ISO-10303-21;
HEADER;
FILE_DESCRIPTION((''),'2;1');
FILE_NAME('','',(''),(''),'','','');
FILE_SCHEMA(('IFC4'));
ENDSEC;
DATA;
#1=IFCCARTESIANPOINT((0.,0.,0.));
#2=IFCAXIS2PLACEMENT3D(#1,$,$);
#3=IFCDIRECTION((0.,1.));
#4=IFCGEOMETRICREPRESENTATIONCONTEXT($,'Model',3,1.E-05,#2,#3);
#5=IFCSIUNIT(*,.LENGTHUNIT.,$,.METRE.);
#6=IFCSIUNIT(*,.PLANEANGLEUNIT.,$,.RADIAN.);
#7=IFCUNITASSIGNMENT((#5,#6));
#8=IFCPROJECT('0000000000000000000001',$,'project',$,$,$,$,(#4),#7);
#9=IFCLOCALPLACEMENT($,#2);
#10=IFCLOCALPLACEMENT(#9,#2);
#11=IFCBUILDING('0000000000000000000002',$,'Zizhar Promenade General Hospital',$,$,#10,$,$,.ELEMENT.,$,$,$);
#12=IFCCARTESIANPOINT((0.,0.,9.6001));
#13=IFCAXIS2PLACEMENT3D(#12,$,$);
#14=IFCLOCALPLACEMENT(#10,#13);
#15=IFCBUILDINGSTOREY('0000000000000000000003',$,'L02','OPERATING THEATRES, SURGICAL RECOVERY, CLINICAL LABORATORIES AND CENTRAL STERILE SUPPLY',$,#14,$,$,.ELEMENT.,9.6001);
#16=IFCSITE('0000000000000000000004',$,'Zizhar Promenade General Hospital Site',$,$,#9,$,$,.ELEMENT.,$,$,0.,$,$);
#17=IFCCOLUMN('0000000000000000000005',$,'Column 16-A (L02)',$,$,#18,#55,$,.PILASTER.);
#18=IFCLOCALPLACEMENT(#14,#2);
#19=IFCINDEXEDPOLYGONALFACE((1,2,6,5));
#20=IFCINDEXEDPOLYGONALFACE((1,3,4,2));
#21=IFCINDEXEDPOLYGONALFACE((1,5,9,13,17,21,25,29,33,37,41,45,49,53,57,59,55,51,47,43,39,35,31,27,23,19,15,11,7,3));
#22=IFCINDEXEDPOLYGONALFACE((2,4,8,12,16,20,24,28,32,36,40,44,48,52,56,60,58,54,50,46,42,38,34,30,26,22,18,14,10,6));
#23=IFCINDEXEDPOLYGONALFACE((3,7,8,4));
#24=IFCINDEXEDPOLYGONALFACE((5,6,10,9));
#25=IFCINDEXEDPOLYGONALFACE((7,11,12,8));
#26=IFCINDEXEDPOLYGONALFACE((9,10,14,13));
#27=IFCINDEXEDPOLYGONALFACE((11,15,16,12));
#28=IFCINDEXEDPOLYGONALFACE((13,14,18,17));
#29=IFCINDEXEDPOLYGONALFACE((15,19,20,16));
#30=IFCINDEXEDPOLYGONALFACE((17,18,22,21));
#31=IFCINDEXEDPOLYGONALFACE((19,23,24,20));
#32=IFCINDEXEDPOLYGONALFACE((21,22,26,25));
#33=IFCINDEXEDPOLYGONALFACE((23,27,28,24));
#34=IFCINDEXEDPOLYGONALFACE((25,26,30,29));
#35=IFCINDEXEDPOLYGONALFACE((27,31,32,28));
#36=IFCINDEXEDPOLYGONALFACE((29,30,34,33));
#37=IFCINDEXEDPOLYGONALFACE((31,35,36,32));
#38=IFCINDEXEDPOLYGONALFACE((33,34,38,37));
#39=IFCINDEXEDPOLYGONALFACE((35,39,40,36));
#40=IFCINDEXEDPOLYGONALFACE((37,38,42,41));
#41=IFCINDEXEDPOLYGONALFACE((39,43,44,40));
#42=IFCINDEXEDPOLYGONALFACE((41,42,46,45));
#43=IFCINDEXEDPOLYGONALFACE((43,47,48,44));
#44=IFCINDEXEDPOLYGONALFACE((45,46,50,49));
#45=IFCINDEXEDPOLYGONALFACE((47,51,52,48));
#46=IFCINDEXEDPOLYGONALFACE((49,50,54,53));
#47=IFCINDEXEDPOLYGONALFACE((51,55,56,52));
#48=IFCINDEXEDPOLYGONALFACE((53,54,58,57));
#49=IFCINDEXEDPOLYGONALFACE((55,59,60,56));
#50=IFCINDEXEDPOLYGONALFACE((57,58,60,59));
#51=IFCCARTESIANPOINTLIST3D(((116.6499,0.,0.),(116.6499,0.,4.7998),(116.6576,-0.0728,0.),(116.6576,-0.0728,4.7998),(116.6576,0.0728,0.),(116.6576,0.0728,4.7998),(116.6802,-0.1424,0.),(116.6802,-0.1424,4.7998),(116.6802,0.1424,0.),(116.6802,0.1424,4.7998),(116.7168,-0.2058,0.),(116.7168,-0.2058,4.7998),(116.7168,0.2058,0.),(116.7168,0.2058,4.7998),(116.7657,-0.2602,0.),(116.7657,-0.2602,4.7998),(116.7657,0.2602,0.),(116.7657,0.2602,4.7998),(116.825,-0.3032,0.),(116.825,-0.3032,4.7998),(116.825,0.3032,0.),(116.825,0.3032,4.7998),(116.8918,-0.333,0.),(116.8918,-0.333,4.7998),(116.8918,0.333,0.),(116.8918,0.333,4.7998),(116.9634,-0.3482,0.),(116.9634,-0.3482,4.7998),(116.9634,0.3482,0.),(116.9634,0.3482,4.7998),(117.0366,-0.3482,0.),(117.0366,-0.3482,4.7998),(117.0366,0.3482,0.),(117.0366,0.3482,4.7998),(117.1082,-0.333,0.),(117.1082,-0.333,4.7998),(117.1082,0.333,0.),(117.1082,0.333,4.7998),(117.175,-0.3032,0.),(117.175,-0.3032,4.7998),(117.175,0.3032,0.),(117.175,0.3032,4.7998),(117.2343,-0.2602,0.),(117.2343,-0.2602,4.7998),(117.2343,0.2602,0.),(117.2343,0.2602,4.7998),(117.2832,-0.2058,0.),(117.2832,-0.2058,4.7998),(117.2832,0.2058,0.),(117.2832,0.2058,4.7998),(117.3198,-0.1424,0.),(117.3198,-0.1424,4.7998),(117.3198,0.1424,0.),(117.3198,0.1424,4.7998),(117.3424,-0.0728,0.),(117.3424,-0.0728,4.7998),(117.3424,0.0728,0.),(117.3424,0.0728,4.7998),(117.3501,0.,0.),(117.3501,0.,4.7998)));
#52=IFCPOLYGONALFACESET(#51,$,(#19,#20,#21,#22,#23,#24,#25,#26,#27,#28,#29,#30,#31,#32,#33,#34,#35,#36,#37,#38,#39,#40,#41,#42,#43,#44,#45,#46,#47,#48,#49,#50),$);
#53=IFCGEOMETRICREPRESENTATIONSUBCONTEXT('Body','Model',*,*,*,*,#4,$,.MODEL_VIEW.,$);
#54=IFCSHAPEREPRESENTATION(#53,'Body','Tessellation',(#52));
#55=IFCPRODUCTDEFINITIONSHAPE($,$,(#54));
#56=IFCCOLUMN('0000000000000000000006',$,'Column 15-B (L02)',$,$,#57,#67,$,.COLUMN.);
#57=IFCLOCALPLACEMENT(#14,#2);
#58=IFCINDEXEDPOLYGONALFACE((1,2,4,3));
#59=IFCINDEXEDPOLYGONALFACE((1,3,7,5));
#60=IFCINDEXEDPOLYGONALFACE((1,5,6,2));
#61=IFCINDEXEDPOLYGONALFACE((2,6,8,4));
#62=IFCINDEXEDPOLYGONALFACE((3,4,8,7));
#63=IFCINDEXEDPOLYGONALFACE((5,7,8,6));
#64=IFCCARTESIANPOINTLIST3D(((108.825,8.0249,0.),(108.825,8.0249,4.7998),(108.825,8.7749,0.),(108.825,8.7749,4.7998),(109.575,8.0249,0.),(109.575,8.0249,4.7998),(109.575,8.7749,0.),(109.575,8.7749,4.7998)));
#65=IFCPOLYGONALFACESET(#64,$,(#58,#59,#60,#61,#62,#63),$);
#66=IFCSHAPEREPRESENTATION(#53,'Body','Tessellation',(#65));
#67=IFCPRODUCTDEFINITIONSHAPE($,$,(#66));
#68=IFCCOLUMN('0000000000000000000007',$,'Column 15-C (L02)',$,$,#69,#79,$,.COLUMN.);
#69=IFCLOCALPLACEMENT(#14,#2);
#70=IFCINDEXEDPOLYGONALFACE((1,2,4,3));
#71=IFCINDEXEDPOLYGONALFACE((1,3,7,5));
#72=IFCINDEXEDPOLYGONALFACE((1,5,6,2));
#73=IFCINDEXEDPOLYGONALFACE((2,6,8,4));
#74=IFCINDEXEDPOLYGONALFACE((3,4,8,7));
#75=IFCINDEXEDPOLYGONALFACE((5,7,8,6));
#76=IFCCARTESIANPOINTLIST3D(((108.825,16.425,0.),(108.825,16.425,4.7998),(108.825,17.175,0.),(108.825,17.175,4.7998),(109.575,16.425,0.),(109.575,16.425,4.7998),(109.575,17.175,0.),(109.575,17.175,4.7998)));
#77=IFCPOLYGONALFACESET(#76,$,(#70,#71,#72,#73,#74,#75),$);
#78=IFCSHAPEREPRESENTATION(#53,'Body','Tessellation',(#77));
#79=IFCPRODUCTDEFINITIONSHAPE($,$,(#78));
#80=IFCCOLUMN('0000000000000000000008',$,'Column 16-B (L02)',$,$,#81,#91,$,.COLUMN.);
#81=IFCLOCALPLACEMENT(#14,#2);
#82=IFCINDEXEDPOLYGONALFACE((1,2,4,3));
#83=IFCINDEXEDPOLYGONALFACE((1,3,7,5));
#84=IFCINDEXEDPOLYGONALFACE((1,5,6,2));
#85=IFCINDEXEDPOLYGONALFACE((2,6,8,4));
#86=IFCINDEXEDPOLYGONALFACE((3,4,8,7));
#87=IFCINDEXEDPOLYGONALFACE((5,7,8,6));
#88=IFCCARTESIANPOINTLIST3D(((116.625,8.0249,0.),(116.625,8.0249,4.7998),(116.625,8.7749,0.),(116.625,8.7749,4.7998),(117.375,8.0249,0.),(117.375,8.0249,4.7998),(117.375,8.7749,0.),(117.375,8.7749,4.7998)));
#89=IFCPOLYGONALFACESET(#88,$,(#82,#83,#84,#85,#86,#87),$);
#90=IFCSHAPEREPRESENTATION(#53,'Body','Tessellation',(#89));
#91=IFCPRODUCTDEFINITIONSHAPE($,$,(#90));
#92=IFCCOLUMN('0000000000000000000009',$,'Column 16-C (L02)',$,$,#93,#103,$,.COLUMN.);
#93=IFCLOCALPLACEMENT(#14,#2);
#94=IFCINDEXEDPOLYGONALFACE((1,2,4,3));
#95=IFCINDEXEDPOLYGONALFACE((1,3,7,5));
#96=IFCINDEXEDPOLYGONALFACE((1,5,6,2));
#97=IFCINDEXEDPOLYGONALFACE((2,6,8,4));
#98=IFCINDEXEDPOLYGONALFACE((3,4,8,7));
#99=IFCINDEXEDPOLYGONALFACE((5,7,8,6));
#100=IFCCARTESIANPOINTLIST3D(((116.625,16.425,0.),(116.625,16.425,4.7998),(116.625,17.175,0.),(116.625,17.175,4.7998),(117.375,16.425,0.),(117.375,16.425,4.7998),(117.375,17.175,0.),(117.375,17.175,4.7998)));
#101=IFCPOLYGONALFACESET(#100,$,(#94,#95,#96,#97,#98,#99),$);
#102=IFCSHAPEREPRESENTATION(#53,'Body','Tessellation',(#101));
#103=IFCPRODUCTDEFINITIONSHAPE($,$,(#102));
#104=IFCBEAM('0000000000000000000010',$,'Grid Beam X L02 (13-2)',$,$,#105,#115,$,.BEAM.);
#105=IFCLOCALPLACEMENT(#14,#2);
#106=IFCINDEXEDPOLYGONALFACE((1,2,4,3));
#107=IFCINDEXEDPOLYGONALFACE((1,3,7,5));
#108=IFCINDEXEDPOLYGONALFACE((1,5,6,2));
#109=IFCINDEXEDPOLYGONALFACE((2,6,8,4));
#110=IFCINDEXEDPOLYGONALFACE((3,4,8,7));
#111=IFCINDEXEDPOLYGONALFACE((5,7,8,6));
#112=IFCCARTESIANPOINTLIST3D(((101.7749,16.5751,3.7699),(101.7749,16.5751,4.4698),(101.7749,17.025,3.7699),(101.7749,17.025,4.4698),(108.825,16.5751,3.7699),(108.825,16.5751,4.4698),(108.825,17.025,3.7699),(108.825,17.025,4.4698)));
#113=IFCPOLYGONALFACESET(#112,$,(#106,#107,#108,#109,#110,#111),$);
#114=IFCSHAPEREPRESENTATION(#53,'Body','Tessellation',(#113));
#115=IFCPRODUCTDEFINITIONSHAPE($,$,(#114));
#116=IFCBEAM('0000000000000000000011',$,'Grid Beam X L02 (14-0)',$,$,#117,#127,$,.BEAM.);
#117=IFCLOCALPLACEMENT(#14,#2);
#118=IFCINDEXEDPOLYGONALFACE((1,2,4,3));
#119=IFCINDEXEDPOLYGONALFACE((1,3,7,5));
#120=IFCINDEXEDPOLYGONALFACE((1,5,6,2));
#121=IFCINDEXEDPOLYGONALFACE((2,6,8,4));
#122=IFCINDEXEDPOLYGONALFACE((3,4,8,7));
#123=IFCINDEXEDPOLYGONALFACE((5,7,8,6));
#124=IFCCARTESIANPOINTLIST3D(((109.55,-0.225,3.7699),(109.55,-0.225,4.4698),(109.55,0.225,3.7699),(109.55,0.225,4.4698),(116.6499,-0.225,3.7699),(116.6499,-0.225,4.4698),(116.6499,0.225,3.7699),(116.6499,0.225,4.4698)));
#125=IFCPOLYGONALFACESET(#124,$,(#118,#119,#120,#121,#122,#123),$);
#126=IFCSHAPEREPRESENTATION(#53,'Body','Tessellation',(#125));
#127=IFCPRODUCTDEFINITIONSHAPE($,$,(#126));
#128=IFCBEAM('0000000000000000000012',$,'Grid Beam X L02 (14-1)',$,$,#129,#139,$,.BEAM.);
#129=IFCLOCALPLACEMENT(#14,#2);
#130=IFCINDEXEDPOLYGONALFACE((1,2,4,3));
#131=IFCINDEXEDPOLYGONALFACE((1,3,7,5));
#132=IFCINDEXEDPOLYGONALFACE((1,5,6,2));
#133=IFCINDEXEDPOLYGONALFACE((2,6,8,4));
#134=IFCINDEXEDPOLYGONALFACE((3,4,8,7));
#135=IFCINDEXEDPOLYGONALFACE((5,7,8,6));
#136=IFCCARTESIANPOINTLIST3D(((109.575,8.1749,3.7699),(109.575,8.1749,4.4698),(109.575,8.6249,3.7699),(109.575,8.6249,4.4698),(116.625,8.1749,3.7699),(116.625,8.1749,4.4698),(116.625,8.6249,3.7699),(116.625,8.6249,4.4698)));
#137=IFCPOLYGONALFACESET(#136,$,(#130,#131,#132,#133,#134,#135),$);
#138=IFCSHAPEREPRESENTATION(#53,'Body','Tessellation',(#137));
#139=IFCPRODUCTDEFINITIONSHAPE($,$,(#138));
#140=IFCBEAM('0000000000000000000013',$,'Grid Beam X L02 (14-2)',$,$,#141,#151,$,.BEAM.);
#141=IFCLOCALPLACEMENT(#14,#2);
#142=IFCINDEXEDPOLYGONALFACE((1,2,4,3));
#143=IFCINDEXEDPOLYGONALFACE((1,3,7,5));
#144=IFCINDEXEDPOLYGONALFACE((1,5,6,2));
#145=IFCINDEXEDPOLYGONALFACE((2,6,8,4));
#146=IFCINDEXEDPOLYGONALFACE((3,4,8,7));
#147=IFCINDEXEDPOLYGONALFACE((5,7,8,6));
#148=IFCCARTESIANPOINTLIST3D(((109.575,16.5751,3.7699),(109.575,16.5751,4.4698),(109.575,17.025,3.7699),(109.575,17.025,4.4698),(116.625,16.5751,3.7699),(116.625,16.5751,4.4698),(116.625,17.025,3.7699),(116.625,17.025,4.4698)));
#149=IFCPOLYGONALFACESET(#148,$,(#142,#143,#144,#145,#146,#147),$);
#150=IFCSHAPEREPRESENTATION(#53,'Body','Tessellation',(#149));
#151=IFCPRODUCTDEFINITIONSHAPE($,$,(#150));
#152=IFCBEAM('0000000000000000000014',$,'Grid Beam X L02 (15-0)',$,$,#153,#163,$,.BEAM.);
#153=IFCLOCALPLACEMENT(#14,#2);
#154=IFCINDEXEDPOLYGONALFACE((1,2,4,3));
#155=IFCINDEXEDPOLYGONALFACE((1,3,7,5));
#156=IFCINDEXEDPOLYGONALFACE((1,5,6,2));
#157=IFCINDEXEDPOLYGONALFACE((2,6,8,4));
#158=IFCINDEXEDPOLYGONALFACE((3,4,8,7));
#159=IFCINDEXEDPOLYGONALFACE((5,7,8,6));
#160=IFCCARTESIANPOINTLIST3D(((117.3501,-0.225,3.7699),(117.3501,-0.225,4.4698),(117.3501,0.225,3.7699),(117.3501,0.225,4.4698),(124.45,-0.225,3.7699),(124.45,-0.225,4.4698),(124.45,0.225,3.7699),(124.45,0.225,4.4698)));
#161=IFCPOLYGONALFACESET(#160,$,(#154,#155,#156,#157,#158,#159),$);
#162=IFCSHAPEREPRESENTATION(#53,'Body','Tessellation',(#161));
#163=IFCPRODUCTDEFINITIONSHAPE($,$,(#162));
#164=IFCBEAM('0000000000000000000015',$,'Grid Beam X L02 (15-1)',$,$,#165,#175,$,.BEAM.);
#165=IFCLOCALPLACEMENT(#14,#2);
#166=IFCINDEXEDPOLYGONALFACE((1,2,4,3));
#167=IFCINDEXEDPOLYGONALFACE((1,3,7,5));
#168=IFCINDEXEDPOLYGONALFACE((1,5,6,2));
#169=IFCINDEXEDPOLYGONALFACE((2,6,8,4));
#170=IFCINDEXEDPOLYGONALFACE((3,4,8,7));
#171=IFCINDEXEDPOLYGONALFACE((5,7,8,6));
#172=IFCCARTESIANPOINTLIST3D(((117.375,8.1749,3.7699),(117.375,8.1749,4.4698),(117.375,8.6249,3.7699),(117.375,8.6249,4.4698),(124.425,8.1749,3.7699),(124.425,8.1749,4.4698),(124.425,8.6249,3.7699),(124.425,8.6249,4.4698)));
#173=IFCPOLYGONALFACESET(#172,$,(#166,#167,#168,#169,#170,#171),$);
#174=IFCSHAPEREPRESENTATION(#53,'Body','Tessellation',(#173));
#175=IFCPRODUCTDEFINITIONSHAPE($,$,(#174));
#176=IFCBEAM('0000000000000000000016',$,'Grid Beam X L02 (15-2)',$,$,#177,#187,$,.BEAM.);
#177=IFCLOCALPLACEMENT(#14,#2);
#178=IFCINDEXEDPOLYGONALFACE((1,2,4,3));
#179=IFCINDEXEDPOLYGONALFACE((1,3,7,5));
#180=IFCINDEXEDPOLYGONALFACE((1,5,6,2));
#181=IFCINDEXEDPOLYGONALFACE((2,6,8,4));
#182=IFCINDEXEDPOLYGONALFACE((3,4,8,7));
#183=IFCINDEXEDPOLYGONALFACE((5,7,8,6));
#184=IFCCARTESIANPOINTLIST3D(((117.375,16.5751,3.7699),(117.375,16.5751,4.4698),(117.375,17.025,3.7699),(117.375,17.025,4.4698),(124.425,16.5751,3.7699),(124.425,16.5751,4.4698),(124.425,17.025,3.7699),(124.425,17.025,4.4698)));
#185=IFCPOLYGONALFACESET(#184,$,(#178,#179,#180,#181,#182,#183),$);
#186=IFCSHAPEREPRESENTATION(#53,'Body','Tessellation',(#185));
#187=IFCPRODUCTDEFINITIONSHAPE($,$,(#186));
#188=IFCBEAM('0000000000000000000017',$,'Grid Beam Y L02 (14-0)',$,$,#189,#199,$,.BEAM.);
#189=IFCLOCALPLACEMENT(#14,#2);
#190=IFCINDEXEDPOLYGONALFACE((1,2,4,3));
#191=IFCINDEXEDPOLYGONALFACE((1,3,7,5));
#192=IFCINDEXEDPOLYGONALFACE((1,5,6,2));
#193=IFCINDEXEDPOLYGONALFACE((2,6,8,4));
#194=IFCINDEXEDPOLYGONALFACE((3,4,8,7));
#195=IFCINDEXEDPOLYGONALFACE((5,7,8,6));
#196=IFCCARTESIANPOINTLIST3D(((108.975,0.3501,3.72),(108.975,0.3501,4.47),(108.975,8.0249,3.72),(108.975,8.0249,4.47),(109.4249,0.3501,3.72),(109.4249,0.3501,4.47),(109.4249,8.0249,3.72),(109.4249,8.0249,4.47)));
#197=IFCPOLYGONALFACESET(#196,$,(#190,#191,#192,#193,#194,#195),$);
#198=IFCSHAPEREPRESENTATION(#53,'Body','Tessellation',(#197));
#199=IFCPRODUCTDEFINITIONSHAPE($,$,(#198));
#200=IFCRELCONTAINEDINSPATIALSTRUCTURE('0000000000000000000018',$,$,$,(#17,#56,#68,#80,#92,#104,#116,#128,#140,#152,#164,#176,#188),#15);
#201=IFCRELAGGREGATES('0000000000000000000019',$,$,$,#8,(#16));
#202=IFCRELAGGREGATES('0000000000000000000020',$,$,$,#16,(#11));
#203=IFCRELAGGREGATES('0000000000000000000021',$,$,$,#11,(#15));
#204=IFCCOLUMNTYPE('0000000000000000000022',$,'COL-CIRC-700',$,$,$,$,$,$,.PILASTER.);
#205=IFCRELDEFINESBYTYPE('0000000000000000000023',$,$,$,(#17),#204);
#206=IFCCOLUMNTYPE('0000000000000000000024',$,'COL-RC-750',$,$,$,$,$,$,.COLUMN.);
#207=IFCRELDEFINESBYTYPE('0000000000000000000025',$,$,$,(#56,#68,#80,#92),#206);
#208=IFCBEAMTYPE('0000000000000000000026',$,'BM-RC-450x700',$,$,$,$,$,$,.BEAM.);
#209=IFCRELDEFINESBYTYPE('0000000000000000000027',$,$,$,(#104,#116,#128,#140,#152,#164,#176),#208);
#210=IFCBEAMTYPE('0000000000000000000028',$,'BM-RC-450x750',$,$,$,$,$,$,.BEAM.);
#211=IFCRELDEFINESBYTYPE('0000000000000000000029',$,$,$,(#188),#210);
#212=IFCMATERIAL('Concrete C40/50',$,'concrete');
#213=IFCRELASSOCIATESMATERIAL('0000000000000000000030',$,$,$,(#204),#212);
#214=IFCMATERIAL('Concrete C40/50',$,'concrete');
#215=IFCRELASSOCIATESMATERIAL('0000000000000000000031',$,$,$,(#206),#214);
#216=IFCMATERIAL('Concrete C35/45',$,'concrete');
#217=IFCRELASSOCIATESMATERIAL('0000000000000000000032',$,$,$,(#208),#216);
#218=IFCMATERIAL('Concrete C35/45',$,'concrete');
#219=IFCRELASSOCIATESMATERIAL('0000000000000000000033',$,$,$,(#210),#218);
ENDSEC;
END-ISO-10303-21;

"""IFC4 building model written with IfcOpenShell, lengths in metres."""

from ifc_helpers import new_model, si_unit, direction, frame, origin, origin_2d, place, context, subcontext, project, spatial, rectangle, circle, extrude, material, material_profile, profile_set, type_object, element, save


model = new_model("IFC4")

# Units and contexts
model_context = context("Model", 3, precision=1e-05, world=origin(), true_north=direction((0.0, 1.0)))
body_context = subcontext(model_context, "Body", "Model", "MODEL_VIEW")
ifc_project = project(units=[si_unit("LENGTHUNIT", "METRE"), si_unit("PLANEANGLEUNIT", "RADIAN")], contexts=[model_context])

# Site, building, storey
site_placement = place(None, origin())
site = spatial("IfcSite", under=ifc_project, at=site_placement, Name="Zizhar Promenade General Hospital Site", CompositionType="ELEMENT", RefElevation=0.0)
building_placement = place(site_placement, origin())
building = spatial("IfcBuilding", under=site, at=building_placement, Name="Zizhar Promenade General Hospital", CompositionType="ELEMENT")
storey_placement = place(building_placement, frame((0.0, 0.0, 9.6001)))
storey = spatial("IfcBuildingStorey", under=building, at=storey_placement, Name="L02", Description="OPERATING THEATRES, SURGICAL RECOVERY, CLINICAL LABORATORIES AND CENTRAL STERILE SUPPLY", CompositionType="ELEMENT", Elevation=9.6001)

# Columns
ifc_material_1 = material(Name="Concrete C40/50", Category="concrete")
ifc_material_profile_1 = material_profile(ifc_material_1, circle(Radius=0.3501, at=origin_2d()))
ifc_profile_set_1 = profile_set([ifc_material_profile_1], Name="Concrete C40/50")
column_type_1 = type_object("IfcColumnType", Name="COL-CIRC-700", PredefinedType="PILASTER", material=ifc_profile_set_1)
for number, where, z_axis, x_axis, name in (
    (1, (117.0, 0.0, 0.0), (0.0, 0.0, 1.0), (1.0, 0.0, 0.0), "Column 16-A (L02)"),
):
    element("IfcColumn", number, at=place(storey_placement, frame(where, z_axis=z_axis, x_axis=x_axis)), inside=storey, type_object=column_type_1, Name=name, PredefinedType="PILASTER", context=body_context, shape_type="SweptSolid", body=[
        extrude(circle(Radius=0.3501, at=origin_2d()), origin(), (0.0, 0.0, 1.0), 4.7998),
    ])
ifc_material_2 = material(Name="Concrete C40/50", Category="concrete")
ifc_material_profile_2 = material_profile(ifc_material_2, rectangle(XDim=0.75, YDim=0.75, at=origin_2d()))
ifc_profile_set_2 = profile_set([ifc_material_profile_2], Name="Concrete C40/50")
column_type_2 = type_object("IfcColumnType", Name="COL-RC-750", PredefinedType="COLUMN", material=ifc_profile_set_2)
for number, where, z_axis, x_axis, name in (
    (2, (109.2, 8.3999, 0.0), (0.0, 0.0, 1.0), (1.0, 0.0, 0.0), "Column 15-B (L02)"),
    (3, (109.2, 16.8, 0.0), (0.0, 0.0, 1.0), (1.0, 0.0, 0.0), "Column 15-C (L02)"),
    (4, (117.0, 8.3999, 0.0), (0.0, 0.0, 1.0), (1.0, 0.0, 0.0), "Column 16-B (L02)"),
    (5, (117.0, 16.8, 0.0), (0.0, 0.0, 1.0), (1.0, 0.0, 0.0), "Column 16-C (L02)"),
):
    element("IfcColumn", number, at=place(storey_placement, frame(where, z_axis=z_axis, x_axis=x_axis)), inside=storey, type_object=column_type_2, Name=name, PredefinedType="COLUMN", context=body_context, shape_type="SweptSolid", body=[
        extrude(rectangle(XDim=0.75, YDim=0.75, at=origin_2d()), origin(), (0.0, 0.0, 1.0), 4.7998),
    ])

# Beams
ifc_material_3 = material(Name="Concrete C35/45", Category="concrete")
ifc_material_profile_3 = material_profile(ifc_material_3, rectangle(XDim=0.45, YDim=0.7, at=origin_2d()))
ifc_profile_set_3 = profile_set([ifc_material_profile_3], Name="Concrete C35/45")
beam_type_1 = type_object("IfcBeamType", Name="BM-RC-450x700", PredefinedType="BEAM", material=ifc_profile_set_3)
beam_1_placement = place(storey_placement, frame((101.7749, 16.8, 4.1199), z_axis=(1.0, 0.0, 0.0), x_axis=(0.0, 1.0, 0.0)))
element("IfcBeam", 6, at=beam_1_placement, inside=storey, type_object=beam_type_1, Name="Grid Beam X L02 (13-2)", PredefinedType="BEAM", context=body_context, shape_type="SweptSolid", body=[
    extrude(rectangle(XDim=0.45, YDim=0.7, at=origin_2d()), origin(), (0.0, 0.0, 1.0), 7.05),
])
beam_2_placement = place(storey_placement, frame((109.55, 0.0, 4.1199), z_axis=(1.0, 0.0, 0.0), x_axis=(0.0, 1.0, 0.0)))
element("IfcBeam", 7, at=beam_2_placement, inside=storey, type_object=beam_type_1, Name="Grid Beam X L02 (14-0)", PredefinedType="BEAM", context=body_context, shape_type="SweptSolid", body=[
    extrude(rectangle(XDim=0.45, YDim=0.7, at=origin_2d()), origin(), (0.0, 0.0, 1.0), 7.0999),
])
for number, where, z_axis, x_axis, name in (
    (8, (109.575, 8.3999, 4.1199), (1.0, 0.0, 0.0), (0.0, 1.0, 0.0), "Grid Beam X L02 (14-1)"),
    (9, (109.575, 16.8, 4.1199), (1.0, 0.0, 0.0), (0.0, 1.0, 0.0), "Grid Beam X L02 (14-2)"),
):
    element("IfcBeam", number, at=place(storey_placement, frame(where, z_axis=z_axis, x_axis=x_axis)), inside=storey, type_object=beam_type_1, Name=name, PredefinedType="BEAM", context=body_context, shape_type="SweptSolid", body=[
        extrude(rectangle(XDim=0.45, YDim=0.7, at=origin_2d()), origin(), (0.0, 0.0, 1.0), 7.05),
    ])
beam_3_placement = place(storey_placement, frame((117.3501, 0.0, 4.1199), z_axis=(1.0, 0.0, 0.0), x_axis=(0.0, 1.0, 0.0)))
element("IfcBeam", 10, at=beam_3_placement, inside=storey, type_object=beam_type_1, Name="Grid Beam X L02 (15-0)", PredefinedType="BEAM", context=body_context, shape_type="SweptSolid", body=[
    extrude(rectangle(XDim=0.45, YDim=0.7, at=origin_2d()), origin(), (0.0, 0.0, 1.0), 7.0999),
])
for number, where, z_axis, x_axis, name in (
    (11, (117.375, 8.3999, 4.1199), (1.0, 0.0, 0.0), (0.0, 1.0, 0.0), "Grid Beam X L02 (15-1)"),
    (12, (117.375, 16.8, 4.1199), (1.0, 0.0, 0.0), (0.0, 1.0, 0.0), "Grid Beam X L02 (15-2)"),
):
    element("IfcBeam", number, at=place(storey_placement, frame(where, z_axis=z_axis, x_axis=x_axis)), inside=storey, type_object=beam_type_1, Name=name, PredefinedType="BEAM", context=body_context, shape_type="SweptSolid", body=[
        extrude(rectangle(XDim=0.45, YDim=0.7, at=origin_2d()), origin(), (0.0, 0.0, 1.0), 7.05),
    ])
ifc_material_4 = material(Name="Concrete C35/45", Category="concrete")
ifc_material_profile_4 = material_profile(ifc_material_4, rectangle(XDim=0.45, YDim=0.75, at=origin_2d()))
ifc_profile_set_4 = profile_set([ifc_material_profile_4], Name="Concrete C35/45")
beam_type_2 = type_object("IfcBeamType", Name="BM-RC-450x750", PredefinedType="BEAM", material=ifc_profile_set_4)
beam_4_placement = place(storey_placement, frame((109.2, 0.3501, 4.095), z_axis=(0.0, 1.0, 0.0), x_axis=(-1.0, 0.0, 0.0)))
element("IfcBeam", 13, at=beam_4_placement, inside=storey, type_object=beam_type_2, Name="Grid Beam Y L02 (14-0)", PredefinedType="BEAM", context=body_context, shape_type="SweptSolid", body=[
    extrude(rectangle(XDim=0.45, YDim=0.75, at=origin_2d()), origin(), (0.0, 0.0, 1.0), 7.6748),
])

save(model, "model.ifc")
